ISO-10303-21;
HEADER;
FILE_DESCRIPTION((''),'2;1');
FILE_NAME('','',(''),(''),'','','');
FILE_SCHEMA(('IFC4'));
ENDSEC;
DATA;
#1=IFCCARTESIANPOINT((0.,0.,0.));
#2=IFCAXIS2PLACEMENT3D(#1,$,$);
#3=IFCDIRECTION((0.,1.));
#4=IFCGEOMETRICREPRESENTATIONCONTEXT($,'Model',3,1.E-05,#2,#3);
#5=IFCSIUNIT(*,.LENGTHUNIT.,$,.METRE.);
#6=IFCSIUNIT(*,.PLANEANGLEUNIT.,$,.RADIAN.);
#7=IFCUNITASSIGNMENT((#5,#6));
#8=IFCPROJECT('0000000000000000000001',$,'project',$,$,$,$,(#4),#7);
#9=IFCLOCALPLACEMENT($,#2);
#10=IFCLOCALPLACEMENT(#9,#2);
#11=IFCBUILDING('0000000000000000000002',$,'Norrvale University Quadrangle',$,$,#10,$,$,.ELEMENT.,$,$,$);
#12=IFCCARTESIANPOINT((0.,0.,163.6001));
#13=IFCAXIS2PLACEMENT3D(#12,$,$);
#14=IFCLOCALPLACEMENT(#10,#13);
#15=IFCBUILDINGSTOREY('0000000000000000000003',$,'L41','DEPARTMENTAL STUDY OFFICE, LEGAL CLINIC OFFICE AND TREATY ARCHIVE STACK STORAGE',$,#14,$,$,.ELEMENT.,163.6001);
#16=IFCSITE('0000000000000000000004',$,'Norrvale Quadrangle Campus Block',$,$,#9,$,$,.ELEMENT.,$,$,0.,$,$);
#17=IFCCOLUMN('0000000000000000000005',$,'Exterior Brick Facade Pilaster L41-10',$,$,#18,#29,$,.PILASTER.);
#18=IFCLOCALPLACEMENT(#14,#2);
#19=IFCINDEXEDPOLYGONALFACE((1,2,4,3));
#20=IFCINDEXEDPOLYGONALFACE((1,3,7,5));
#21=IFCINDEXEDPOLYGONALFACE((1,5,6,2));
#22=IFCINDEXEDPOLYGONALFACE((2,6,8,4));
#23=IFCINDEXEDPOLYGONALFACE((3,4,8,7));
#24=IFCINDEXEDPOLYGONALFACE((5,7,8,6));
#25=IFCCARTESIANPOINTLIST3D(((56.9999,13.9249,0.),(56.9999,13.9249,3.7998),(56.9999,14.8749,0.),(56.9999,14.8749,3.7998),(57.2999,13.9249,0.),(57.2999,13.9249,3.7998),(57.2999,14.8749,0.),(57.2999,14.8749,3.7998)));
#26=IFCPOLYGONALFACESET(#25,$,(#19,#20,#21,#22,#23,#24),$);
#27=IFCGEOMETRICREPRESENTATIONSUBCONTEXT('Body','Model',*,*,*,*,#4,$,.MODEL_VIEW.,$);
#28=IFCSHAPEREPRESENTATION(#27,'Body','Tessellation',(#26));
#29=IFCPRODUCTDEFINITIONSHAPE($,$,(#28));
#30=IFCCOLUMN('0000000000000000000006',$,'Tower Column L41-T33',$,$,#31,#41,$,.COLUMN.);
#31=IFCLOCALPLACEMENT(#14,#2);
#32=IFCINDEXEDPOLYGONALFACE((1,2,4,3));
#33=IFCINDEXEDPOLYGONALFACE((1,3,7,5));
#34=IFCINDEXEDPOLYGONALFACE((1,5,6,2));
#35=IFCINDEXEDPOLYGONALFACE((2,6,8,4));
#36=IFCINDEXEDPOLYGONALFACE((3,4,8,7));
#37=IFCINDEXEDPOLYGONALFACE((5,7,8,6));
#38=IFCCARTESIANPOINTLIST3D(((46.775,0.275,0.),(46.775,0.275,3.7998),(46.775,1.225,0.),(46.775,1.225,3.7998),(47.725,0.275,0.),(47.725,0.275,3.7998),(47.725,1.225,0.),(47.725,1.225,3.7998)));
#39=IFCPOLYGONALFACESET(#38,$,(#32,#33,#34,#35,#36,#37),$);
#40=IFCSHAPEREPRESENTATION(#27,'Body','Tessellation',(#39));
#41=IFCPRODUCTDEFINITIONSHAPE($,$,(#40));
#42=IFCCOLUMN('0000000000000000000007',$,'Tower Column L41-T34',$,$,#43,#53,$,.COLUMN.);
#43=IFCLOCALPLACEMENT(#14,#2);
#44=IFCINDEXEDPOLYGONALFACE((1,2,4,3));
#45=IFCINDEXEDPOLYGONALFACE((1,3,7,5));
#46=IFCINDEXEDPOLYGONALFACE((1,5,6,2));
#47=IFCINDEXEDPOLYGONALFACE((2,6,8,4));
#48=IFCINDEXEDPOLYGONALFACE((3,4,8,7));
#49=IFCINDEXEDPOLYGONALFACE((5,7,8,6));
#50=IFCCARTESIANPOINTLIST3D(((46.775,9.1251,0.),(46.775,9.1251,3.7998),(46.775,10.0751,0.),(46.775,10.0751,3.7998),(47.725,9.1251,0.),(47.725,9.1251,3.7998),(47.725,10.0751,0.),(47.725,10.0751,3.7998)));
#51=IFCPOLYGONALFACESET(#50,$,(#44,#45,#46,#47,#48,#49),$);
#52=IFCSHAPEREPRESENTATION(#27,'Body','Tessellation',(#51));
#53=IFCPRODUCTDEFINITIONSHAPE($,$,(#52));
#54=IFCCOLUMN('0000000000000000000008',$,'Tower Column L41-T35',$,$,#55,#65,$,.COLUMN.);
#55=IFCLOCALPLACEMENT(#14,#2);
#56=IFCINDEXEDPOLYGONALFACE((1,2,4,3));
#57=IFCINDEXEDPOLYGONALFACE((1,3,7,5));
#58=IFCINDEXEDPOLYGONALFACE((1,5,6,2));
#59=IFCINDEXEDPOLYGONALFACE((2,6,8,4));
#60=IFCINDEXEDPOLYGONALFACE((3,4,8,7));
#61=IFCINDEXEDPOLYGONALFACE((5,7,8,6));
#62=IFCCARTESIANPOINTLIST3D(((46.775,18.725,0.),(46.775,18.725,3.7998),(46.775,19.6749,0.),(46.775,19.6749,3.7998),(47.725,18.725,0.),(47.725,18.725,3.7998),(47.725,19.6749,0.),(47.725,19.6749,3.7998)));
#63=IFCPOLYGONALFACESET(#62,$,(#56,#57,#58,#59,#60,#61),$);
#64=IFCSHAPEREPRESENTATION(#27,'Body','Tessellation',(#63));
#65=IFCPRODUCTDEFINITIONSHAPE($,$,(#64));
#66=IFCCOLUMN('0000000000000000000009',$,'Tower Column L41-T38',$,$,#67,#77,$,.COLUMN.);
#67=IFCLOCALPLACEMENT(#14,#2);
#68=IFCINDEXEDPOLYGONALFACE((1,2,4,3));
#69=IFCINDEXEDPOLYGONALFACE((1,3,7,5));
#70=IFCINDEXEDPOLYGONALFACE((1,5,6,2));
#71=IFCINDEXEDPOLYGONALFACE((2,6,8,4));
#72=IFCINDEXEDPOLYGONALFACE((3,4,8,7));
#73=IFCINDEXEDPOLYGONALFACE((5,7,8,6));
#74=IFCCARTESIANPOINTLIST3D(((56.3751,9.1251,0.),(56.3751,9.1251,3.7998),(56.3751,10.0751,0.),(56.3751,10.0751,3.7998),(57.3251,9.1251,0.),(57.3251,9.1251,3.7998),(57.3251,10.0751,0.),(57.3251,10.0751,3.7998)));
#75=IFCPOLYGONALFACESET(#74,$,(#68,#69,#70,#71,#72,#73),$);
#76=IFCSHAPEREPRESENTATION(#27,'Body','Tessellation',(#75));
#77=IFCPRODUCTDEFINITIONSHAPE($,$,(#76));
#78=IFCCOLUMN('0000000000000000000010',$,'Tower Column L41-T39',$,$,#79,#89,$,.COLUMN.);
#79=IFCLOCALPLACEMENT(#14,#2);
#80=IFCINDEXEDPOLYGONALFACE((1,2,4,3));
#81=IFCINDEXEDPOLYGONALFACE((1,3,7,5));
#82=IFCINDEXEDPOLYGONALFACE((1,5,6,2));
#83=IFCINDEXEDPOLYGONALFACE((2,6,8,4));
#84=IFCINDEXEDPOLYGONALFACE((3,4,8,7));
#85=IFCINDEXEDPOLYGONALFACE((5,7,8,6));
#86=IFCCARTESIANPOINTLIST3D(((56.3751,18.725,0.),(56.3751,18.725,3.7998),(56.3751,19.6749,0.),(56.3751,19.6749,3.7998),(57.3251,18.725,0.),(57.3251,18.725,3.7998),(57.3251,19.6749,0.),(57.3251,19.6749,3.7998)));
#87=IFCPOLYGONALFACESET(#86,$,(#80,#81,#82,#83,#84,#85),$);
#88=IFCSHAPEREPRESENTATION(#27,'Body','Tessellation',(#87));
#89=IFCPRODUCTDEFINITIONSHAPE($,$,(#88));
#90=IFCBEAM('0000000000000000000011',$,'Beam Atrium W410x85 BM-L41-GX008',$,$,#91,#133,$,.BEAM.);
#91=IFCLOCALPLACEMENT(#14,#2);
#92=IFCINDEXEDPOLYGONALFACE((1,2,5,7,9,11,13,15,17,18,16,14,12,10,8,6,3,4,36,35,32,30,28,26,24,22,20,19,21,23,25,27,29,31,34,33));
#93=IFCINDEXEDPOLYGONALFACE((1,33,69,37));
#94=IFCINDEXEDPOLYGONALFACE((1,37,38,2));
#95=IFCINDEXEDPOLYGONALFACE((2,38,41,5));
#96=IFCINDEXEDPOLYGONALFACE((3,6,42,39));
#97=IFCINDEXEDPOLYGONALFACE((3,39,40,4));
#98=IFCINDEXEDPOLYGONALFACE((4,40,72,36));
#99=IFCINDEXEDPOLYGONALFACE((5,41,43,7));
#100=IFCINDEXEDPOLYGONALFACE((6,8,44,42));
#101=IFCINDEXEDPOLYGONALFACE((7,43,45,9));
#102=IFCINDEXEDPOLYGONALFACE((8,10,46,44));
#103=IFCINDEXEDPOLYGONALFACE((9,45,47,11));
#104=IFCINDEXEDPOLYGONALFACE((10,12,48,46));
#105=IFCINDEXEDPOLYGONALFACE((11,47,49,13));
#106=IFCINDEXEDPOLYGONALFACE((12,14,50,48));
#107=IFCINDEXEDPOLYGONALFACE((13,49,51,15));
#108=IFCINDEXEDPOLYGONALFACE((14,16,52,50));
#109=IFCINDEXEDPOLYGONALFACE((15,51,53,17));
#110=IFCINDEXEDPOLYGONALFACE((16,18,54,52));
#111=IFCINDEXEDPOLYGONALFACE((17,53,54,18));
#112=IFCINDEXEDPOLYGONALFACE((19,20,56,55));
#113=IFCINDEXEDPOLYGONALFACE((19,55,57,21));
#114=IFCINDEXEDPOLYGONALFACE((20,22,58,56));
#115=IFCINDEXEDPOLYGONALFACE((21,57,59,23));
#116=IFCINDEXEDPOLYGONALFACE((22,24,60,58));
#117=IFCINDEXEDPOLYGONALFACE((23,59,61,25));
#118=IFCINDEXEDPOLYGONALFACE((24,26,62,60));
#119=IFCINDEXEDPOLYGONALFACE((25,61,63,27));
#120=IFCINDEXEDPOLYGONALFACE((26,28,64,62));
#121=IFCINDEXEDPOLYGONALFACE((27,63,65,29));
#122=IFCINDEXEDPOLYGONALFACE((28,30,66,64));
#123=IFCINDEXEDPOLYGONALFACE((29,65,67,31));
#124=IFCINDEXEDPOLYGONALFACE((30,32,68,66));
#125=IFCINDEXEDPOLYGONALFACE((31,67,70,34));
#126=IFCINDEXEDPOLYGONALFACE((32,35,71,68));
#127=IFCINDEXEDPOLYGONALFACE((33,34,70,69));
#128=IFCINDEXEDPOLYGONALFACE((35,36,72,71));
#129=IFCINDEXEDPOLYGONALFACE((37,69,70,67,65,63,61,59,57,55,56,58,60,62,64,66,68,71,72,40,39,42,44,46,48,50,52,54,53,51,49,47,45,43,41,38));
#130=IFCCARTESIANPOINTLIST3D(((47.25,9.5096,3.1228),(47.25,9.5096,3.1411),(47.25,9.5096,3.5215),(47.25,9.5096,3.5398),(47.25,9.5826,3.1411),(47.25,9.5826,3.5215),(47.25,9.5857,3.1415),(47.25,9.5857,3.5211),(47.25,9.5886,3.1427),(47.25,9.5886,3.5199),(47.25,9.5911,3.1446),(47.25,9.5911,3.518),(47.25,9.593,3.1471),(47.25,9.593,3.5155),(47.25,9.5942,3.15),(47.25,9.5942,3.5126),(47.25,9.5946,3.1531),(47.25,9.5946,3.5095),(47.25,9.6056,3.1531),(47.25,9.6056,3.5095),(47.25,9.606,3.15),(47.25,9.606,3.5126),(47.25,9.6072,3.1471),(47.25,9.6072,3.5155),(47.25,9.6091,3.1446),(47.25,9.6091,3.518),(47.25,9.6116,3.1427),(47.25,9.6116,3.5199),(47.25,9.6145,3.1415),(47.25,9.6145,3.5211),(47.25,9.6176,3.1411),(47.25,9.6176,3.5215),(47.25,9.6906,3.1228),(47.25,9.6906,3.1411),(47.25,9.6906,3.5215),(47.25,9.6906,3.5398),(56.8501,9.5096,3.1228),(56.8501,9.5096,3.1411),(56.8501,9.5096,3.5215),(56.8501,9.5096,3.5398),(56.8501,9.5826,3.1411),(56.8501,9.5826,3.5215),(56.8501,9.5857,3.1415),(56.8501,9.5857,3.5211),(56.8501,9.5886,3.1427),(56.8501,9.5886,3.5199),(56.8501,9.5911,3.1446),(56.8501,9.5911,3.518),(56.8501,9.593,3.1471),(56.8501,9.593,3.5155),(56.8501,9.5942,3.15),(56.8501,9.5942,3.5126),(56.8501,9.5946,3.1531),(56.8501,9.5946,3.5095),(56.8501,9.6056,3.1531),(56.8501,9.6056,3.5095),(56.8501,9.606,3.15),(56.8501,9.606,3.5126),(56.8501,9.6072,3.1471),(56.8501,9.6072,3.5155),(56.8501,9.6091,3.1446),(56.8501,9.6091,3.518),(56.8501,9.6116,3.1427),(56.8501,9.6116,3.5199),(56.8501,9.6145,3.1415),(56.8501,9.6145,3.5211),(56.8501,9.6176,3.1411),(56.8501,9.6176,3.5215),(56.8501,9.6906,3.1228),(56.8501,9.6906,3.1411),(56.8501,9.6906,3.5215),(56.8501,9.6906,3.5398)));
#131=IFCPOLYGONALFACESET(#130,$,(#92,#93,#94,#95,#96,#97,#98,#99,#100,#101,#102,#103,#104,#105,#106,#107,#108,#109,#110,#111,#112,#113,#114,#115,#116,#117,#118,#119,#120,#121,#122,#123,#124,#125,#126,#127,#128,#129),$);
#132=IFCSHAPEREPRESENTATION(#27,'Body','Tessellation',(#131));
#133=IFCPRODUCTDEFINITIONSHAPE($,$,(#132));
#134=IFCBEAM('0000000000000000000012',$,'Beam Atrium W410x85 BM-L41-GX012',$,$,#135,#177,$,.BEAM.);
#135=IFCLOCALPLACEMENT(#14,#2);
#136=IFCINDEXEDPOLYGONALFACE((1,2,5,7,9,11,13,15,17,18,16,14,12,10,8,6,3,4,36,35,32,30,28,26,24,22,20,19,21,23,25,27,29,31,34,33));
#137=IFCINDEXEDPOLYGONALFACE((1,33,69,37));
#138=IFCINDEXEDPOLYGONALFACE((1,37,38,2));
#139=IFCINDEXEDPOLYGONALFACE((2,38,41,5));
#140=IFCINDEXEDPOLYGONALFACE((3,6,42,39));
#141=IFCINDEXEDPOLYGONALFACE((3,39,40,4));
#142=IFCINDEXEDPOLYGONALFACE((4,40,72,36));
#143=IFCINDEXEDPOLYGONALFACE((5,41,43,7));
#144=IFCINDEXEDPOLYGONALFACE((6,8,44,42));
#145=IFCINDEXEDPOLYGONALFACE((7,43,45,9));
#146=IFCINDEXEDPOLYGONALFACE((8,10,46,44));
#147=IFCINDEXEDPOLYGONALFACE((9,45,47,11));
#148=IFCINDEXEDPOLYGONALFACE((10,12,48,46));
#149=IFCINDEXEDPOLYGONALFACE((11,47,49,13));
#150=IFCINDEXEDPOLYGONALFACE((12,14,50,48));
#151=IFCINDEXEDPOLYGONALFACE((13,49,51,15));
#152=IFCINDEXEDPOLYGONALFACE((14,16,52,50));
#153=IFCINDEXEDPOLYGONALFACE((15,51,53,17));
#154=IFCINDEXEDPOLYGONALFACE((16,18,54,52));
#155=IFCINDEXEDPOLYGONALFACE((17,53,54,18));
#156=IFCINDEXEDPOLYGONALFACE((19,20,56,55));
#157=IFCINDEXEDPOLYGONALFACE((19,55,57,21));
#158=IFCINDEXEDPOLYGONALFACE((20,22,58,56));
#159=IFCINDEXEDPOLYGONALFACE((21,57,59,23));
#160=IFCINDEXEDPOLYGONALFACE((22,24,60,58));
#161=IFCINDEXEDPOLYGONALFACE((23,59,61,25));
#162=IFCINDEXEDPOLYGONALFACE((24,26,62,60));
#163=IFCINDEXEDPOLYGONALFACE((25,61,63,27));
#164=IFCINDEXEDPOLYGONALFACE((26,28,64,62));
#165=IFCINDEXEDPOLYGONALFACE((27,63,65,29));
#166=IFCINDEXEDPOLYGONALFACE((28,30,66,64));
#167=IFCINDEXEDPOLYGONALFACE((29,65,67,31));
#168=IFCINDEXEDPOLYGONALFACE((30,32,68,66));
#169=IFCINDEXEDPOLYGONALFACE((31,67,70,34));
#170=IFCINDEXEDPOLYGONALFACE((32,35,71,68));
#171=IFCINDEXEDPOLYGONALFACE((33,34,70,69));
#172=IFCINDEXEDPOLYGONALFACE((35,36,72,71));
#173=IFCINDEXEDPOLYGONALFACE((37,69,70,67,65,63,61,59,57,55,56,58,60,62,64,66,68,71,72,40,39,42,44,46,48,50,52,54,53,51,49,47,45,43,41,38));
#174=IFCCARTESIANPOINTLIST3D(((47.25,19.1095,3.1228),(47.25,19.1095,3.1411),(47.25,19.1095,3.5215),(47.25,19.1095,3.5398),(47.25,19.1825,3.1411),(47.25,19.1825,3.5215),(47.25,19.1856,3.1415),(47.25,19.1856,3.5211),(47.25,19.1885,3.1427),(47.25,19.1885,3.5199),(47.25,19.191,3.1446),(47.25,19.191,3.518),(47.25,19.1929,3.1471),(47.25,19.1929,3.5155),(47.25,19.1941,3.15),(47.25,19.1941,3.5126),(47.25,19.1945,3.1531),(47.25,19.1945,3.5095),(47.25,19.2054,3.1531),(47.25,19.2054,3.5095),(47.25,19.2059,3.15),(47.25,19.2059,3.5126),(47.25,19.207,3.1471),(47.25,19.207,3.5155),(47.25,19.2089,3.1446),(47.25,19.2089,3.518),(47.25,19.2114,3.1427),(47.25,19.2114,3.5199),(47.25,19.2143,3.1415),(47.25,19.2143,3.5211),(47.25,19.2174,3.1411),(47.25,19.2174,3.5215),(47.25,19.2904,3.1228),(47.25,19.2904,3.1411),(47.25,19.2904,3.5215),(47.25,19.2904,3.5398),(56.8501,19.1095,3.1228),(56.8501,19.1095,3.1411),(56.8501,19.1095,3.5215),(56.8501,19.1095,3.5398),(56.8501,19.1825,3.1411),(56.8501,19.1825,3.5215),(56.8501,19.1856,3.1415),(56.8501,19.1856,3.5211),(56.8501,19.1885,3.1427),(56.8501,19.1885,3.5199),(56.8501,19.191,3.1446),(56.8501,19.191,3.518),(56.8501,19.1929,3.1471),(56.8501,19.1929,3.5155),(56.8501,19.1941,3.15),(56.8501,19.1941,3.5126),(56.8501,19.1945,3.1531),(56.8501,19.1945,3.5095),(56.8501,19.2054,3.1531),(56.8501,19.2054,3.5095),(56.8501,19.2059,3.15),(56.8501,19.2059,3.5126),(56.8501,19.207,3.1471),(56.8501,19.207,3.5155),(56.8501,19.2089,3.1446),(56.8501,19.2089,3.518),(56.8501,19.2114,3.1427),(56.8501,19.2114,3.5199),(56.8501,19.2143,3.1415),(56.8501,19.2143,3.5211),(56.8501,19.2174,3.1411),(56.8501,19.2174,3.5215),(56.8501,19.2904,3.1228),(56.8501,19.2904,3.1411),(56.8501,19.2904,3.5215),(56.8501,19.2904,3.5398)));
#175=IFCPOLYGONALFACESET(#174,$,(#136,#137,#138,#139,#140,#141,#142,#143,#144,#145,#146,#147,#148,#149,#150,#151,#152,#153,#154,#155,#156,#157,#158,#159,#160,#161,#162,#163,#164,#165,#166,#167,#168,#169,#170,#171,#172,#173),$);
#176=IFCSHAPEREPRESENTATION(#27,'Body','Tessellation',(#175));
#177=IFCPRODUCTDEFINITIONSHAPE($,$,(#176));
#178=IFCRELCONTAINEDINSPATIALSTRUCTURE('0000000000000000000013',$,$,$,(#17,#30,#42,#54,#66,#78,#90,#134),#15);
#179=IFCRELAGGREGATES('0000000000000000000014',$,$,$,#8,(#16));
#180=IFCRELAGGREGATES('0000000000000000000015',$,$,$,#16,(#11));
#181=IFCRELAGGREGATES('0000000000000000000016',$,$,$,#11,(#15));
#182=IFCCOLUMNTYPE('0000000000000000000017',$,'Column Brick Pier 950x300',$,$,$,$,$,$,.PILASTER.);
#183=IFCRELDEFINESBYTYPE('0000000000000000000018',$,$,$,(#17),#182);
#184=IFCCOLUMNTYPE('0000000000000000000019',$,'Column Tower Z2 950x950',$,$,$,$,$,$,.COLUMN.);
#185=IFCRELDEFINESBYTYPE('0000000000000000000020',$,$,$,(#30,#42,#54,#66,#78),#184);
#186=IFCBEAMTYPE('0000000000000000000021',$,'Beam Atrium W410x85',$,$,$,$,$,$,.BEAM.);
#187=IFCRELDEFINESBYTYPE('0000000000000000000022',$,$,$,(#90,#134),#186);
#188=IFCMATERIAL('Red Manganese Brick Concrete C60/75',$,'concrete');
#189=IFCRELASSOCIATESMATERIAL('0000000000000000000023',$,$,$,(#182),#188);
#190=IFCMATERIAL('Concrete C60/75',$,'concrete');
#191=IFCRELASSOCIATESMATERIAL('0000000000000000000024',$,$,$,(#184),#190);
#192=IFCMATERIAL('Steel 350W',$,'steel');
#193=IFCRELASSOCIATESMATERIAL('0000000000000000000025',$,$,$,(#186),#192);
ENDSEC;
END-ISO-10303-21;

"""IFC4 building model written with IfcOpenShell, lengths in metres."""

from ifc_helpers import new_model, si_unit, direction, frame, origin, origin_2d, place, context, subcontext, project, spatial, rectangle, i_section, extrude, material, material_profile, profile_set, type_object, element, save


model = new_model("IFC4")

# Units and contexts
model_context = context("Model", 3, precision=1e-05, world=origin(), true_north=direction((0.0, 1.0)))
body_context = subcontext(model_context, "Body", "Model", "MODEL_VIEW")
ifc_project = project(units=[si_unit("LENGTHUNIT", "METRE"), si_unit("PLANEANGLEUNIT", "RADIAN")], contexts=[model_context])

# Site, building, storey
site_placement = place(None, origin())
site = spatial("IfcSite", under=ifc_project, at=site_placement, Name="Norrvale Quadrangle Campus Block", CompositionType="ELEMENT", RefElevation=0.0)
building_placement = place(site_placement, origin())
building = spatial("IfcBuilding", under=site, at=building_placement, Name="Norrvale University Quadrangle", CompositionType="ELEMENT")
storey_placement = place(building_placement, frame((0.0, 0.0, 163.6001)))
storey = spatial("IfcBuildingStorey", under=building, at=storey_placement, Name="L41", Description="DEPARTMENTAL STUDY OFFICE, LEGAL CLINIC OFFICE AND TREATY ARCHIVE STACK STORAGE", CompositionType="ELEMENT", Elevation=163.6001)

# Columns
ifc_material_1 = material(Name="Red Manganese Brick Concrete C60/75", Category="concrete")
ifc_material_profile_1 = material_profile(ifc_material_1, rectangle(XDim=0.95, YDim=0.3, at=origin_2d()), Name="Red Manganese Brick Concrete C60/75")
ifc_profile_set_1 = profile_set([ifc_material_profile_1], Name="Red Manganese Brick Concrete C60/75")
column_type_1 = type_object("IfcColumnType", Name="Column Brick Pier 950x300", PredefinedType="PILASTER", material=ifc_profile_set_1)
column_placement = place(storey_placement, frame((57.1499, 14.3999, 0.0), z_axis=(0.0, 0.0, 1.0), x_axis=(0.0, 1.0, 0.0)))
element("IfcColumn", 1, at=column_placement, inside=storey, type_object=column_type_1, Name="Exterior Brick Facade Pilaster L41-10", PredefinedType="PILASTER", context=body_context, shape_type="SweptSolid", body=[
    extrude(rectangle(XDim=0.95, YDim=0.3, at=origin_2d()), origin(), (0.0, 0.0, 1.0), 3.7998),
])
ifc_material_2 = material(Name="Concrete C60/75", Category="concrete")
ifc_material_profile_2 = material_profile(ifc_material_2, rectangle(XDim=0.95, YDim=0.95, at=origin_2d()), Name="Concrete C60/75")
ifc_profile_set_2 = profile_set([ifc_material_profile_2], Name="Concrete C60/75")
column_type_2 = type_object("IfcColumnType", Name="Column Tower Z2 950x950", PredefinedType="COLUMN", material=ifc_profile_set_2)
for number, where, z_axis, x_axis, name in (
    (2, (47.25, 0.75, 0.0), (0.0, 0.0, 1.0), (1.0, 0.0, 0.0), "Tower Column L41-T33"),
    (3, (47.25, 9.6001, 0.0), (0.0, 0.0, 1.0), (1.0, 0.0, 0.0), "Tower Column L41-T34"),
    (4, (47.25, 19.2, 0.0), (0.0, 0.0, 1.0), (1.0, 0.0, 0.0), "Tower Column L41-T35"),
    (5, (56.8501, 9.6001, 0.0), (0.0, 0.0, 1.0), (1.0, 0.0, 0.0), "Tower Column L41-T38"),
    (6, (56.8501, 19.2, 0.0), (0.0, 0.0, 1.0), (1.0, 0.0, 0.0), "Tower Column L41-T39"),
):
    element("IfcColumn", number, at=place(storey_placement, frame(where, z_axis=z_axis, x_axis=x_axis)), inside=storey, type_object=column_type_2, Name=name, PredefinedType="COLUMN", context=body_context, shape_type="SweptSolid", body=[
        extrude(rectangle(XDim=0.95, YDim=0.95, at=origin_2d()), origin(), (0.0, 0.0, 1.0), 3.7998),
    ])

# Beams
ifc_material_3 = material(Name="Steel 350W", Category="steel")
ifc_material_profile_3 = material_profile(ifc_material_3, i_section(OverallWidth=0.1809, OverallDepth=0.417, WebThickness=0.011, FlangeThickness=0.0183, FilletRadius=0.012, at=origin_2d()), Name="Steel 350W")
ifc_profile_set_3 = profile_set([ifc_material_profile_3], Name="Steel 350W")
beam_type_1 = type_object("IfcBeamType", Name="Beam Atrium W410x85", PredefinedType="BEAM", material=ifc_profile_set_3)
for number, where, z_axis, x_axis, name in (
    (7, (47.25, 9.6001, 3.3313), (1.0, 0.0, 0.0), (0.0, 1.0, 0.0), "Beam Atrium W410x85 BM-L41-GX008"),
    (8, (47.25, 19.2, 3.3313), (1.0, 0.0, 0.0), (0.0, 1.0, 0.0), "Beam Atrium W410x85 BM-L41-GX012"),
):
    element("IfcBeam", number, at=place(storey_placement, frame(where, z_axis=z_axis, x_axis=x_axis)), inside=storey, type_object=beam_type_1, Name=name, PredefinedType="BEAM", context=body_context, shape_type="SweptSolid", body=[
        extrude(i_section(OverallWidth=0.1809, OverallDepth=0.417, WebThickness=0.011, FlangeThickness=0.0183, FilletRadius=0.012, at=origin_2d()), origin(), (0.0, 0.0, 1.0), 9.6001),
    ])

save(model, "model.ifc")
